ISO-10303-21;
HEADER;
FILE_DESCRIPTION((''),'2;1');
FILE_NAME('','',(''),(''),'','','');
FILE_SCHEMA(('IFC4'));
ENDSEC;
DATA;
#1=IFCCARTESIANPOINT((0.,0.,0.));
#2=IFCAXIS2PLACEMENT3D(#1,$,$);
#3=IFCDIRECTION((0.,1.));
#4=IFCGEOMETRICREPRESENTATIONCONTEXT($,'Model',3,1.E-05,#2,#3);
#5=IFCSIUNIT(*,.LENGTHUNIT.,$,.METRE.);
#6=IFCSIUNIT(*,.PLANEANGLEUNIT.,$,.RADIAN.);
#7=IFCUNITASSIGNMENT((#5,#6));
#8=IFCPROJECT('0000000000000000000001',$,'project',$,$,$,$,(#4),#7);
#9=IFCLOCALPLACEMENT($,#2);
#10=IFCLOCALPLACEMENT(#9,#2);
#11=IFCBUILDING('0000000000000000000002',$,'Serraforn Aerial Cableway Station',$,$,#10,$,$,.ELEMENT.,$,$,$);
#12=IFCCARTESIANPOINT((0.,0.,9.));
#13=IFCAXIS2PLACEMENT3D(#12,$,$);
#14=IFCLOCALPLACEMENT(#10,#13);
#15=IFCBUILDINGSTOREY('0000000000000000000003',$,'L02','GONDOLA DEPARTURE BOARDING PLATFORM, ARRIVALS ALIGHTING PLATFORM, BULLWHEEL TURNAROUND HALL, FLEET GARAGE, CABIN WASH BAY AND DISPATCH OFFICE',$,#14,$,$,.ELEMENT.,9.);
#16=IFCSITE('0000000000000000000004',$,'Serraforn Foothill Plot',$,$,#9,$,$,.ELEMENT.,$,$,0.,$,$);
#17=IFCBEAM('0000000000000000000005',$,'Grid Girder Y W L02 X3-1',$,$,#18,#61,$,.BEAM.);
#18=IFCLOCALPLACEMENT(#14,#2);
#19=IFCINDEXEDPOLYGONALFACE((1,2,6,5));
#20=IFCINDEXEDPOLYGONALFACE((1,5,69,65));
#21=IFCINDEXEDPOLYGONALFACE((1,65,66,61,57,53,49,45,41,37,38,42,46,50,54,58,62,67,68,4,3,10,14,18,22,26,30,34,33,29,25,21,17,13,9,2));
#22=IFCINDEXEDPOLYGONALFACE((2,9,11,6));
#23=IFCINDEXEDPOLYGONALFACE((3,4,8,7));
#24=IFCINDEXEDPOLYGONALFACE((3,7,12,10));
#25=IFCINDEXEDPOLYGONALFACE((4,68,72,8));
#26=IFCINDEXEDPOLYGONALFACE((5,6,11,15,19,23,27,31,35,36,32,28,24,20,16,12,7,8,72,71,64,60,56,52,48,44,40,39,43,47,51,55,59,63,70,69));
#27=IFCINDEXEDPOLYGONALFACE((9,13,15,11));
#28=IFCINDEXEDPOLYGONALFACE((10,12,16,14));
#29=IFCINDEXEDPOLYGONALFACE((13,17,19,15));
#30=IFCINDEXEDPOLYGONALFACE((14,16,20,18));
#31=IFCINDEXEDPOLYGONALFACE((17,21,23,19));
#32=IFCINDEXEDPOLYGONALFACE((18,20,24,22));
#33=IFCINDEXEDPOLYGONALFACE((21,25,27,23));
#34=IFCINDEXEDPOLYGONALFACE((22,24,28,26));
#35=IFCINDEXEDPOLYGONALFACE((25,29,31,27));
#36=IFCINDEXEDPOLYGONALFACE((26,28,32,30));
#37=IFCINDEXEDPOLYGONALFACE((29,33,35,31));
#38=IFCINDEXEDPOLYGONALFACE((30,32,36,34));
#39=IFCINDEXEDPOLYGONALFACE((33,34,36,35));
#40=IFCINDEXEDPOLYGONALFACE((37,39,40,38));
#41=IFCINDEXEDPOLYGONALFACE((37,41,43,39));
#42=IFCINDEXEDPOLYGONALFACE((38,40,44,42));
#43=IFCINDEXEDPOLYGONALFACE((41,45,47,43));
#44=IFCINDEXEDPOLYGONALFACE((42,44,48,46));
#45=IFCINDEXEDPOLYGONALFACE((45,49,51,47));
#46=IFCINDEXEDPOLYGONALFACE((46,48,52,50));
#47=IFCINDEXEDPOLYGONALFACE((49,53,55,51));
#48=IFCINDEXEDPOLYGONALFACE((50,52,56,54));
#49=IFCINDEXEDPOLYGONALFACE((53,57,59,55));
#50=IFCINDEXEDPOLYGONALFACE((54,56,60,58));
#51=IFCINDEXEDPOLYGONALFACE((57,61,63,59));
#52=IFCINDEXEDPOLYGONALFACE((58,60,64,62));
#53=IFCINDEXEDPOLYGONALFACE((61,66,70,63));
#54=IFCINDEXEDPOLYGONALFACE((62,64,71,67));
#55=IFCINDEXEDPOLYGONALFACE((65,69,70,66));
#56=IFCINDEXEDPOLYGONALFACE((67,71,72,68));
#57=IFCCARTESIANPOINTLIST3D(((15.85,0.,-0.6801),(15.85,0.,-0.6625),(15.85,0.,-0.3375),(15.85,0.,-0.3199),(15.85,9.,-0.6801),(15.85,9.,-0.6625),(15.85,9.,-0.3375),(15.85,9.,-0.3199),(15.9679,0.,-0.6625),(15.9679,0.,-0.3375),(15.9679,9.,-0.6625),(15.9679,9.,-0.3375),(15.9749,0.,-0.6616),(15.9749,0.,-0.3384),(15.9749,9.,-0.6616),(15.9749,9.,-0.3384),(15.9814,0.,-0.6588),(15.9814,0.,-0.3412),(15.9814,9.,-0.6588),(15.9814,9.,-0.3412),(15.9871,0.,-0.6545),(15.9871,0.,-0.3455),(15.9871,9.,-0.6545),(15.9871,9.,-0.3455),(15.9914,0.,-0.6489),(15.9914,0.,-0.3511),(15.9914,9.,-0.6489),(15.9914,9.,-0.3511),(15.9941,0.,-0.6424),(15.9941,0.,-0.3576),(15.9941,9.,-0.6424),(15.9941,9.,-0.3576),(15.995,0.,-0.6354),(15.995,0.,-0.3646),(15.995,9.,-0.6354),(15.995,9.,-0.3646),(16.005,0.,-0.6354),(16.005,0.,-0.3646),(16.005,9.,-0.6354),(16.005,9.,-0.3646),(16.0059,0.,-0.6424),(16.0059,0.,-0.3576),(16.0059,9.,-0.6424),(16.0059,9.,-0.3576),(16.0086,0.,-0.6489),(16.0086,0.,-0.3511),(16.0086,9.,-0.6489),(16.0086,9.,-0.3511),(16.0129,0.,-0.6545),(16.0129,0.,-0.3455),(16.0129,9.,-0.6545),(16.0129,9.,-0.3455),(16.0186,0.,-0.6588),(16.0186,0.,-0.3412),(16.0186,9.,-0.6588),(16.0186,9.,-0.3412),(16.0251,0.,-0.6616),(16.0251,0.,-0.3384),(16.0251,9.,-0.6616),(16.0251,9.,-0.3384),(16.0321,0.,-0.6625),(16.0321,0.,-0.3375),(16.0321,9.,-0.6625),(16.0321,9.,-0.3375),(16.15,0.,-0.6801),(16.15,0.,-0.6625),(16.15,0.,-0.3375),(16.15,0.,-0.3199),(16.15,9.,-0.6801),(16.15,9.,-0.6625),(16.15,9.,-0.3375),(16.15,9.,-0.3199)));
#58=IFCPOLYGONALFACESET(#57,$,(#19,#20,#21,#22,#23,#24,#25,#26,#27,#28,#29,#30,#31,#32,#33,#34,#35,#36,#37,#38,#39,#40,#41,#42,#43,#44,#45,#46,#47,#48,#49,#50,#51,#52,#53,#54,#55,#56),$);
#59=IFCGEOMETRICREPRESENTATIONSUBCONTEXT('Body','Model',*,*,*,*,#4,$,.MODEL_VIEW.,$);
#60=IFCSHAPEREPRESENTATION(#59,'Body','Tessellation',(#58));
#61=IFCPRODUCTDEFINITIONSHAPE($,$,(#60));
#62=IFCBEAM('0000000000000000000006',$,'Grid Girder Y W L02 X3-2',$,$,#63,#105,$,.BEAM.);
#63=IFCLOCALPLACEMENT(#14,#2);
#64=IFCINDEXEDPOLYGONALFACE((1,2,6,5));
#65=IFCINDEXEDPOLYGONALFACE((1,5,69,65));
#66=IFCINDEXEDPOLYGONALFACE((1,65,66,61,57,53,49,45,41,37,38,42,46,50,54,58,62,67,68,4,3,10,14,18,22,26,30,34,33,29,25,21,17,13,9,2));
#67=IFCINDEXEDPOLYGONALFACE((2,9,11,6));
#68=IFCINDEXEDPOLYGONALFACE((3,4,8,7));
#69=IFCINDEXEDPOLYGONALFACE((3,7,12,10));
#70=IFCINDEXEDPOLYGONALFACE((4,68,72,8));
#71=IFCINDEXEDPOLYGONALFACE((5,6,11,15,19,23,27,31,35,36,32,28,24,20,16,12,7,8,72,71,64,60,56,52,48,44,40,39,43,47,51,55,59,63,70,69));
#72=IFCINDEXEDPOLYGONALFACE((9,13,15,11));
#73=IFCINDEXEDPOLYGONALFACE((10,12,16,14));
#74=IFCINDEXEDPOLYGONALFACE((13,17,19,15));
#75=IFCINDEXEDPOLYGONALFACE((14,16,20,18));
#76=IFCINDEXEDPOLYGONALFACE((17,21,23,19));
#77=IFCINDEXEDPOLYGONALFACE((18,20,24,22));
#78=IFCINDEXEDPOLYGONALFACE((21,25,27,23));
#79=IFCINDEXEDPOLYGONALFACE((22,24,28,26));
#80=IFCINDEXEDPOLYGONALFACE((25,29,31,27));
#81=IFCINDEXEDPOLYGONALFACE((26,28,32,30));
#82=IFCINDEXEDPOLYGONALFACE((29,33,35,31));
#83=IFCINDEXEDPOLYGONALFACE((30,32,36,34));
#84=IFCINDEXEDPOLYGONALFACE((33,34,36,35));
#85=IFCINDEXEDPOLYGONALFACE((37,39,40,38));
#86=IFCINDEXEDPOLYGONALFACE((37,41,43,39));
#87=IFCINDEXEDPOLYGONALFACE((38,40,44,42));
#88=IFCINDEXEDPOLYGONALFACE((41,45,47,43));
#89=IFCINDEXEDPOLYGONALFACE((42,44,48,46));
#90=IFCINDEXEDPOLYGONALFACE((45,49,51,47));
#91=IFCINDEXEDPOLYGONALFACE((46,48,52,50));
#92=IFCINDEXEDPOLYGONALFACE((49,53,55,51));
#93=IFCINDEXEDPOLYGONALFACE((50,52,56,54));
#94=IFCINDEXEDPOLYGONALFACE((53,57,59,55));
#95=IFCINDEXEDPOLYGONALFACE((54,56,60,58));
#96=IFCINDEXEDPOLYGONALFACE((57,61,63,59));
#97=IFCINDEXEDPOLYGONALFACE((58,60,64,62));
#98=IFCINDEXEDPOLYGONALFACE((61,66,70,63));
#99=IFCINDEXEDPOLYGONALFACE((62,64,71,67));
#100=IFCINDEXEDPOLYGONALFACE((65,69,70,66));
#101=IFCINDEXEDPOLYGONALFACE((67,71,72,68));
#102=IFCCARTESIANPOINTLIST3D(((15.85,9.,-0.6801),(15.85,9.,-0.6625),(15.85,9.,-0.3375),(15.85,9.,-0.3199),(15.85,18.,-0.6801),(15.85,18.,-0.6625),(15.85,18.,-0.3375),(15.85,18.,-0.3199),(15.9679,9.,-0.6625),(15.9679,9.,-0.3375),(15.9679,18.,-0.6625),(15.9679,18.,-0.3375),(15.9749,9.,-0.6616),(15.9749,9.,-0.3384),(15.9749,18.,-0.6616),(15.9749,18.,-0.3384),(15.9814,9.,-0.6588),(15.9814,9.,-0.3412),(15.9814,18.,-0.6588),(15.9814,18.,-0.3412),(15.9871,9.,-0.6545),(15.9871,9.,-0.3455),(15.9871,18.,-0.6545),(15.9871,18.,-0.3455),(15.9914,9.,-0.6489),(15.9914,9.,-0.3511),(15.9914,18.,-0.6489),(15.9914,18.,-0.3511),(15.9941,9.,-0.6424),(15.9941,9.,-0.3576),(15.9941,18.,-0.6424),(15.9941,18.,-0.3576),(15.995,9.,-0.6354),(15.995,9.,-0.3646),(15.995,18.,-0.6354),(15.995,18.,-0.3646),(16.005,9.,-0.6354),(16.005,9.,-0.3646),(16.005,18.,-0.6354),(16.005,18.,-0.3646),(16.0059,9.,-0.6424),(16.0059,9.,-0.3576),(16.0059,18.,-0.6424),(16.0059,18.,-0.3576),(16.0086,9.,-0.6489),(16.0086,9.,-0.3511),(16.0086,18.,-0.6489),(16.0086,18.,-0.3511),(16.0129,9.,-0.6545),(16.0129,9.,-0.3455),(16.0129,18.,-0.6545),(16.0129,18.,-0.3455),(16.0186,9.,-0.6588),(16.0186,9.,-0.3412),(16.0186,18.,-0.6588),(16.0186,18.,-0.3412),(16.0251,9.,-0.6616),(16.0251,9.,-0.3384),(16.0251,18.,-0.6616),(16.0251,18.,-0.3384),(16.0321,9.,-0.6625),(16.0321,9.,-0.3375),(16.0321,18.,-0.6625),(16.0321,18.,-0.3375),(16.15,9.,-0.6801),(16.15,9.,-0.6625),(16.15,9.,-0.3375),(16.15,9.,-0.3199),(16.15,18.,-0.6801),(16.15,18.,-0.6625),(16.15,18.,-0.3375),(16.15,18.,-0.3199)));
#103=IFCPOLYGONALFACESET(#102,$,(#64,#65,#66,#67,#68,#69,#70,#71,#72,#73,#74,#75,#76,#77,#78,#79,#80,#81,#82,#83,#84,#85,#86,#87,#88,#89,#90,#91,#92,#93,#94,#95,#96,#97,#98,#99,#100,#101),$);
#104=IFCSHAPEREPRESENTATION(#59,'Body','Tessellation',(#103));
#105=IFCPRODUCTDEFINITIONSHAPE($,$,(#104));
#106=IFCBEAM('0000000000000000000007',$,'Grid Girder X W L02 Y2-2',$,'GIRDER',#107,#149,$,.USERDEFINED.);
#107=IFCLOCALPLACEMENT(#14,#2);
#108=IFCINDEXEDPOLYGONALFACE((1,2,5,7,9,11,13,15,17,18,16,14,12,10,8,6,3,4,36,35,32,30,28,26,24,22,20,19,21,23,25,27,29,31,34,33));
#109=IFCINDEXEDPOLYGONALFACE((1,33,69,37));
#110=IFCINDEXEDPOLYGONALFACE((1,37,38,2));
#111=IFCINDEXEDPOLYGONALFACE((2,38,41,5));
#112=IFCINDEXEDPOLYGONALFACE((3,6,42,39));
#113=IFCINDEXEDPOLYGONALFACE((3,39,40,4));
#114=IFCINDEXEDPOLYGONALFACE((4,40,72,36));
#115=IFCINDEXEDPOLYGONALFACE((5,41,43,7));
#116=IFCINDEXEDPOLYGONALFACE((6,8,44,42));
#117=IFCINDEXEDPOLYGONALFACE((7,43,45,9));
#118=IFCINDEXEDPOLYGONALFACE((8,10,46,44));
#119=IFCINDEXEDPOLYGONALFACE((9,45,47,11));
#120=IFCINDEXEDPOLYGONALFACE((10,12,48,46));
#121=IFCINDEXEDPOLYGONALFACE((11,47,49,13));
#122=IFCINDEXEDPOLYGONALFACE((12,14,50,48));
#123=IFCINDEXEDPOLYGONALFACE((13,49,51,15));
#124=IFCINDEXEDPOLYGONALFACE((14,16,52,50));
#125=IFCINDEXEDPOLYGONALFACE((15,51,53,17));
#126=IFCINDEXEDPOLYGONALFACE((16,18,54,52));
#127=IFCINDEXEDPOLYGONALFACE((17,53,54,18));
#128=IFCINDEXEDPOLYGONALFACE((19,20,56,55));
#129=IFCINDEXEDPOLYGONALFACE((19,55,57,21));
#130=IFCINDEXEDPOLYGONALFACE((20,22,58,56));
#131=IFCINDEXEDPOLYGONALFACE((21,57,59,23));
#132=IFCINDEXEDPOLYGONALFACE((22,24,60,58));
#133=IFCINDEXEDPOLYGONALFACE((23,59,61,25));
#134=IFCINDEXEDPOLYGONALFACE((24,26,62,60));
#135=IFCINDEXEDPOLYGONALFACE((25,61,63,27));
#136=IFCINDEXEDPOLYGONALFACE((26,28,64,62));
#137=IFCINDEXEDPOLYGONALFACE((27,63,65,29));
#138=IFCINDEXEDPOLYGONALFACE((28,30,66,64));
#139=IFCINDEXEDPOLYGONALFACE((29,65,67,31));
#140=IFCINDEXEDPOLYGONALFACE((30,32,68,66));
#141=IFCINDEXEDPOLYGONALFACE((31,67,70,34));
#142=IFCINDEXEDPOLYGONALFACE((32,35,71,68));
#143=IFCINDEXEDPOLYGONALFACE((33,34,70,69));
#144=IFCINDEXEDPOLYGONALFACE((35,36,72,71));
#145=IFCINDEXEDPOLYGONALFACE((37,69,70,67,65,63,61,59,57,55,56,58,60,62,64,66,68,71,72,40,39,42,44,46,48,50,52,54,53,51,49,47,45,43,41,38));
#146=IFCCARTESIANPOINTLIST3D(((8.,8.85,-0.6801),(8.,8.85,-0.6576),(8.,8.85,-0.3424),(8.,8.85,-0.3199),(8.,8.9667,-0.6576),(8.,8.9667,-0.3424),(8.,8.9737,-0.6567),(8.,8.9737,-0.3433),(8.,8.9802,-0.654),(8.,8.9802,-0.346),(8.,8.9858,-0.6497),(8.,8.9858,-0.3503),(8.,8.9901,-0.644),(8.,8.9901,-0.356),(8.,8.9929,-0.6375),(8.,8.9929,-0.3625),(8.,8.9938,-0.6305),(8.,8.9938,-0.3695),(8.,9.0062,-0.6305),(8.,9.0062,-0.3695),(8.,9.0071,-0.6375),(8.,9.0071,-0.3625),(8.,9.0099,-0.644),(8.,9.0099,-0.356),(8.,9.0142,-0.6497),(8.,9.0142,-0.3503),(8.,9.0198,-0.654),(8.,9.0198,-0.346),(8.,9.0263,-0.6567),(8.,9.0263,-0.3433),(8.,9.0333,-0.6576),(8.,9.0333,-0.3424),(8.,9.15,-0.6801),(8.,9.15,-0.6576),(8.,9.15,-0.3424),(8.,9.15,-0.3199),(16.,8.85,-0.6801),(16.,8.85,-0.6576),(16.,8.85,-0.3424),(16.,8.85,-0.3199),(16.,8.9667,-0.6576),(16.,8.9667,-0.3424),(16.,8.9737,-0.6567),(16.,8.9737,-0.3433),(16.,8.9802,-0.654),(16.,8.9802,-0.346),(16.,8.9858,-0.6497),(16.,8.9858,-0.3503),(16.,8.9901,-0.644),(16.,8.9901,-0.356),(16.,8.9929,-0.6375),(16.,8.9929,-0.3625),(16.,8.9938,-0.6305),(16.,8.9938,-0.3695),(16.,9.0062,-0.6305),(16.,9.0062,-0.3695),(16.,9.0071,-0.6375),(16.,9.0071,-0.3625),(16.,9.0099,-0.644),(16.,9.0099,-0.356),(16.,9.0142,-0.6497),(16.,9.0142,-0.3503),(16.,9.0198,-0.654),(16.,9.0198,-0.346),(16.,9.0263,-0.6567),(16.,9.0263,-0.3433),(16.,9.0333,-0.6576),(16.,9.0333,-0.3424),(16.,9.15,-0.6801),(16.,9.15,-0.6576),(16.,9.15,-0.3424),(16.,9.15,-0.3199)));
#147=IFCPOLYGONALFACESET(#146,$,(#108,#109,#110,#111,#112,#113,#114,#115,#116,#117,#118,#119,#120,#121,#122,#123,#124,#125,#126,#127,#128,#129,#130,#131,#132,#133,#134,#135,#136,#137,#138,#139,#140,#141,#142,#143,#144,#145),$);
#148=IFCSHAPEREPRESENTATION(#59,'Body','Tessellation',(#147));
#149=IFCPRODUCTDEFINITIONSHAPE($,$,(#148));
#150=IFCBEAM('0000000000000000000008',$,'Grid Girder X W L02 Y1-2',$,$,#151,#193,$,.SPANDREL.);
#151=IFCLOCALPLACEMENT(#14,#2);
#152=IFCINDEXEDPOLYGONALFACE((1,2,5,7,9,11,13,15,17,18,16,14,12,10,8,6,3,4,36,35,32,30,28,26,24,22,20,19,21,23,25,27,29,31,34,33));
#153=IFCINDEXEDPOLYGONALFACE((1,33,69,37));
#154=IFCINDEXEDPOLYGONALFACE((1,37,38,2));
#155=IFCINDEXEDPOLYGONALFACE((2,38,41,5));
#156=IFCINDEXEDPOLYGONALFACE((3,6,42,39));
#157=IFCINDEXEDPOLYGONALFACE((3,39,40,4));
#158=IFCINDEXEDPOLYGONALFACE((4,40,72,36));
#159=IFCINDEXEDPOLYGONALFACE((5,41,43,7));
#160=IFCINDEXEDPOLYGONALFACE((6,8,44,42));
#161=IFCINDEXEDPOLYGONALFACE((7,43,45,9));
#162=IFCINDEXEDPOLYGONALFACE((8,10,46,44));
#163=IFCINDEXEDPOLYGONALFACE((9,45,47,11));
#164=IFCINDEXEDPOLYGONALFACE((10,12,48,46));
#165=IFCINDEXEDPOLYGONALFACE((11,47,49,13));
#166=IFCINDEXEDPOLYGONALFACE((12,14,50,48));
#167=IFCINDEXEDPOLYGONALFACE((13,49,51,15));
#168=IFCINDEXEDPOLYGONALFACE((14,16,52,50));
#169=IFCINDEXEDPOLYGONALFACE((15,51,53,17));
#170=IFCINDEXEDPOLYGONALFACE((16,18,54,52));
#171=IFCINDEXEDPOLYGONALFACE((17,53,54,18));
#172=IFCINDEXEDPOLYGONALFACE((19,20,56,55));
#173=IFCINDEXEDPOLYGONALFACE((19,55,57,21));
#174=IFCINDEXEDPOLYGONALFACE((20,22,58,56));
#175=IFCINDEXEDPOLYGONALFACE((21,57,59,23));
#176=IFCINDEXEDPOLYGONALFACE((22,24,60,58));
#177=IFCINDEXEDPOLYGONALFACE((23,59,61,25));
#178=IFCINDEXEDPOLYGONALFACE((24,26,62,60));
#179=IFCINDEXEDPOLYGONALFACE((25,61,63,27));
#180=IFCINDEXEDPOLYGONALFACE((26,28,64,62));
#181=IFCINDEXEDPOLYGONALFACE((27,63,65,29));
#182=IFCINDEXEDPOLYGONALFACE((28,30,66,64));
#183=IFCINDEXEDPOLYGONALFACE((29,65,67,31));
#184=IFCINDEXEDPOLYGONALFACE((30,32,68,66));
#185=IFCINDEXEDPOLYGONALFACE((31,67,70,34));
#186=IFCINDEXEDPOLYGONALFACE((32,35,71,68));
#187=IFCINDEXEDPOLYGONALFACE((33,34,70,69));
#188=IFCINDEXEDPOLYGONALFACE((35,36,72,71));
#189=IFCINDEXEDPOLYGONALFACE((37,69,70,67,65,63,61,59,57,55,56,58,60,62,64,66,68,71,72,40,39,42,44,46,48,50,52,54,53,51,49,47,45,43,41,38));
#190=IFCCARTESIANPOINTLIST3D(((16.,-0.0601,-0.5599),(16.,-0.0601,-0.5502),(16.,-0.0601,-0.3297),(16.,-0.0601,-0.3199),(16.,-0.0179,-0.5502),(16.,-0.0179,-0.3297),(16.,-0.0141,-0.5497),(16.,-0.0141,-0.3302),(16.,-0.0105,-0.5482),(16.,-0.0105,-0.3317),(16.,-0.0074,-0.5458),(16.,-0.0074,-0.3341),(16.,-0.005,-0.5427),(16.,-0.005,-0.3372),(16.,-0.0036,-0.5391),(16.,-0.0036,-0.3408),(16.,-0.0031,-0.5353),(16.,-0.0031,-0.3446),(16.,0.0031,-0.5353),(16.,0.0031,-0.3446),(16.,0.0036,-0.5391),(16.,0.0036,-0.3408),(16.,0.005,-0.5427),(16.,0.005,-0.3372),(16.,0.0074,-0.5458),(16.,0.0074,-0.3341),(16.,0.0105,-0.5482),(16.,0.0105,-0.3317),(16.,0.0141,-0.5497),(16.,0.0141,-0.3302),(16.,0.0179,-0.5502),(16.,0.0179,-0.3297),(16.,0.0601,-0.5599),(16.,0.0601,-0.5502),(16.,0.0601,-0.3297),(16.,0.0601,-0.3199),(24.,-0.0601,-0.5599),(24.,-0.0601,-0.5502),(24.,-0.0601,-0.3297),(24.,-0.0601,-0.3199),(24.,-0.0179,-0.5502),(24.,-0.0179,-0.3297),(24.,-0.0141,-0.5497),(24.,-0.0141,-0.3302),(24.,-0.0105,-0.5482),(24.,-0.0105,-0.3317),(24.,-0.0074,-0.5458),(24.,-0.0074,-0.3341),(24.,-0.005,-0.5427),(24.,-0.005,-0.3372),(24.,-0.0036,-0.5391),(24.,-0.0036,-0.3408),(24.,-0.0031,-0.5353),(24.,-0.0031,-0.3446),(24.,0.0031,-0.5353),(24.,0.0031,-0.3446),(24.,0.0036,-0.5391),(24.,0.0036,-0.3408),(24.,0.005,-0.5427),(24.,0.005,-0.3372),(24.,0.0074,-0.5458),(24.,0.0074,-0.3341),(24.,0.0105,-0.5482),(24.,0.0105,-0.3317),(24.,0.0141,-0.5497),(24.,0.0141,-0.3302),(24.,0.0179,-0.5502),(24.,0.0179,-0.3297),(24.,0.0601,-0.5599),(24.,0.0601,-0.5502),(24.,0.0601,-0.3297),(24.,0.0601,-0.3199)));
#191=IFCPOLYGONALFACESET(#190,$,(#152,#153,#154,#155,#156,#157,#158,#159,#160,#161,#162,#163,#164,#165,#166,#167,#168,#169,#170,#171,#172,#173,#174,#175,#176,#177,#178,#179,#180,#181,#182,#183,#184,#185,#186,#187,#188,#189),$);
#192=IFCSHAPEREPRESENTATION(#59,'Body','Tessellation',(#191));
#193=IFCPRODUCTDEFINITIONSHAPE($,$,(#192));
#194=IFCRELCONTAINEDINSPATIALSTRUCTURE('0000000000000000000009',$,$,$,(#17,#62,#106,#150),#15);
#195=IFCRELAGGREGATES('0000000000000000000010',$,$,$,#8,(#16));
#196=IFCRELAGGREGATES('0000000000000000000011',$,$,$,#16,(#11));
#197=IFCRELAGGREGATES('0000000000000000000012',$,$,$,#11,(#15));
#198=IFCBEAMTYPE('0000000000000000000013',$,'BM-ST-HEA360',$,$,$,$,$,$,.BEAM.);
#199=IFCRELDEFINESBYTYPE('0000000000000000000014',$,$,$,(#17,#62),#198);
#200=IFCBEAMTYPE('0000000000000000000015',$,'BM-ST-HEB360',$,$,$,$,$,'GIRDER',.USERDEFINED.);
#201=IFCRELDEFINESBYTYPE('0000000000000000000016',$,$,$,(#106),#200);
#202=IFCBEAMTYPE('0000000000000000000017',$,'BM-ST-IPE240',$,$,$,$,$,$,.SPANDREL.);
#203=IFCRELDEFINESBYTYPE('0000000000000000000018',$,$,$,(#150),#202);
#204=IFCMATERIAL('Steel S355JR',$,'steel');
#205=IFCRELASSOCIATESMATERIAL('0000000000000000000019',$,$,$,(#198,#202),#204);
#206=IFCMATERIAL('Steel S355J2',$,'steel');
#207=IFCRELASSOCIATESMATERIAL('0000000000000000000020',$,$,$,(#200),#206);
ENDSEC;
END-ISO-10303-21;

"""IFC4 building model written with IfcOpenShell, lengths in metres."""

from ifc_helpers import new_model, si_unit, direction, frame, origin, origin_2d, place, context, subcontext, project, spatial, i_section, extrude, material, material_profile, profile_set, type_object, element, save


model = new_model("IFC4")

# Units and contexts
model_context = context("Model", 3, precision=1e-05, world=origin(), true_north=direction((0.0, 1.0)))
body_context = subcontext(model_context, "Body", "Model", "MODEL_VIEW")
ifc_project = project(units=[si_unit("LENGTHUNIT", "METRE"), si_unit("PLANEANGLEUNIT", "RADIAN")], contexts=[model_context])

# Site, building, storey
site_placement = place(None, origin())
site = spatial("IfcSite", under=ifc_project, at=site_placement, Name="Serraforn Foothill Plot", CompositionType="ELEMENT", RefElevation=0.0)
building_placement = place(site_placement, origin())
building = spatial("IfcBuilding", under=site, at=building_placement, Name="Serraforn Aerial Cableway Station", CompositionType="ELEMENT")
storey_placement = place(building_placement, frame((0.0, 0.0, 9.0)))
storey = spatial("IfcBuildingStorey", under=building, at=storey_placement, Name="L02", Description="GONDOLA DEPARTURE BOARDING PLATFORM, ARRIVALS ALIGHTING PLATFORM, BULLWHEEL TURNAROUND HALL, FLEET GARAGE, CABIN WASH BAY AND DISPATCH OFFICE", CompositionType="ELEMENT", Elevation=9.0)

# Shared definitions
ifc_material_1 = material(Name="Steel S355J2", Category="steel")

# Beams
ifc_material_2 = material(Name="Steel S355JR", Category="steel")
ifc_material_profile_1 = material_profile(ifc_material_2, i_section(OverallWidth=0.3, OverallDepth=0.3601, WebThickness=0.01, FlangeThickness=0.0176, FilletRadius=0.0271, at=origin_2d()), Name="HEA 360")
ifc_profile_set_1 = profile_set([ifc_material_profile_1], Name="Steel S355JR")
beam_type_1 = type_object("IfcBeamType", Name="BM-ST-HEA360", PredefinedType="BEAM", material=ifc_profile_set_1)
for number, where, z_axis, x_axis, name in (
    (1, (16.0, 0.0, -0.5), (0.0, 1.0, 0.0), (-1.0, 0.0, 0.0), "Grid Girder Y W L02 X3-1"),
    (2, (16.0, 9.0, -0.5), (0.0, 1.0, 0.0), (-1.0, 0.0, 0.0), "Grid Girder Y W L02 X3-2"),
):
    element("IfcBeam", number, at=place(storey_placement, frame(where, z_axis=z_axis, x_axis=x_axis)), inside=storey, type_object=beam_type_1, Name=name, PredefinedType="BEAM", context=body_context, shape_type="SweptSolid", body=[
        extrude(i_section(OverallWidth=0.3, OverallDepth=0.3601, WebThickness=0.01, FlangeThickness=0.0176, FilletRadius=0.0271, at=origin_2d()), origin(), (0.0, 0.0, 1.0), 9.0),
    ])
ifc_material_profile_2 = material_profile(ifc_material_1, i_section(OverallWidth=0.3, OverallDepth=0.3601, WebThickness=0.0125, FlangeThickness=0.0225, FilletRadius=0.0271, at=origin_2d()), Name="HEB 360")
ifc_profile_set_2 = profile_set([ifc_material_profile_2], Name="Steel S355J2")
beam_type_2 = type_object("IfcBeamType", Name="BM-ST-HEB360", ElementType="GIRDER", PredefinedType="USERDEFINED", material=ifc_profile_set_2)
beam_1_placement = place(storey_placement, frame((8.0, 9.0, -0.5), z_axis=(1.0, 0.0, 0.0), x_axis=(0.0, 1.0, 0.0)))
element("IfcBeam", 3, at=beam_1_placement, inside=storey, type_object=beam_type_2, Name="Grid Girder X W L02 Y2-2", ObjectType="GIRDER", PredefinedType="USERDEFINED", context=body_context, shape_type="SweptSolid", body=[
    extrude(i_section(OverallWidth=0.3, OverallDepth=0.3601, WebThickness=0.0125, FlangeThickness=0.0225, FilletRadius=0.0271, at=origin_2d()), origin(), (0.0, 0.0, 1.0), 8.0),
])
ifc_material_profile_3 = material_profile(ifc_material_2, i_section(OverallWidth=0.1201, OverallDepth=0.24, WebThickness=0.0061, FlangeThickness=0.0098, FilletRadius=0.0149, at=origin_2d()), Name="IPE 240")
ifc_profile_set_3 = profile_set([ifc_material_profile_3], Name="Steel S355JR")
beam_type_3 = type_object("IfcBeamType", Name="BM-ST-IPE240", PredefinedType="SPANDREL", material=ifc_profile_set_3)
beam_2_placement = place(storey_placement, frame((16.0, 0.0, -0.4399), z_axis=(1.0, 0.0, 0.0), x_axis=(0.0, 1.0, 0.0)))
element("IfcBeam", 4, at=beam_2_placement, inside=storey, type_object=beam_type_3, Name="Grid Girder X W L02 Y1-2", PredefinedType="SPANDREL", context=body_context, shape_type="SweptSolid", body=[
    extrude(i_section(OverallWidth=0.1201, OverallDepth=0.24, WebThickness=0.0061, FlangeThickness=0.0098, FilletRadius=0.0149, at=origin_2d()), origin(), (0.0, 0.0, 1.0), 8.0),
])

save(model, "model.ifc")
